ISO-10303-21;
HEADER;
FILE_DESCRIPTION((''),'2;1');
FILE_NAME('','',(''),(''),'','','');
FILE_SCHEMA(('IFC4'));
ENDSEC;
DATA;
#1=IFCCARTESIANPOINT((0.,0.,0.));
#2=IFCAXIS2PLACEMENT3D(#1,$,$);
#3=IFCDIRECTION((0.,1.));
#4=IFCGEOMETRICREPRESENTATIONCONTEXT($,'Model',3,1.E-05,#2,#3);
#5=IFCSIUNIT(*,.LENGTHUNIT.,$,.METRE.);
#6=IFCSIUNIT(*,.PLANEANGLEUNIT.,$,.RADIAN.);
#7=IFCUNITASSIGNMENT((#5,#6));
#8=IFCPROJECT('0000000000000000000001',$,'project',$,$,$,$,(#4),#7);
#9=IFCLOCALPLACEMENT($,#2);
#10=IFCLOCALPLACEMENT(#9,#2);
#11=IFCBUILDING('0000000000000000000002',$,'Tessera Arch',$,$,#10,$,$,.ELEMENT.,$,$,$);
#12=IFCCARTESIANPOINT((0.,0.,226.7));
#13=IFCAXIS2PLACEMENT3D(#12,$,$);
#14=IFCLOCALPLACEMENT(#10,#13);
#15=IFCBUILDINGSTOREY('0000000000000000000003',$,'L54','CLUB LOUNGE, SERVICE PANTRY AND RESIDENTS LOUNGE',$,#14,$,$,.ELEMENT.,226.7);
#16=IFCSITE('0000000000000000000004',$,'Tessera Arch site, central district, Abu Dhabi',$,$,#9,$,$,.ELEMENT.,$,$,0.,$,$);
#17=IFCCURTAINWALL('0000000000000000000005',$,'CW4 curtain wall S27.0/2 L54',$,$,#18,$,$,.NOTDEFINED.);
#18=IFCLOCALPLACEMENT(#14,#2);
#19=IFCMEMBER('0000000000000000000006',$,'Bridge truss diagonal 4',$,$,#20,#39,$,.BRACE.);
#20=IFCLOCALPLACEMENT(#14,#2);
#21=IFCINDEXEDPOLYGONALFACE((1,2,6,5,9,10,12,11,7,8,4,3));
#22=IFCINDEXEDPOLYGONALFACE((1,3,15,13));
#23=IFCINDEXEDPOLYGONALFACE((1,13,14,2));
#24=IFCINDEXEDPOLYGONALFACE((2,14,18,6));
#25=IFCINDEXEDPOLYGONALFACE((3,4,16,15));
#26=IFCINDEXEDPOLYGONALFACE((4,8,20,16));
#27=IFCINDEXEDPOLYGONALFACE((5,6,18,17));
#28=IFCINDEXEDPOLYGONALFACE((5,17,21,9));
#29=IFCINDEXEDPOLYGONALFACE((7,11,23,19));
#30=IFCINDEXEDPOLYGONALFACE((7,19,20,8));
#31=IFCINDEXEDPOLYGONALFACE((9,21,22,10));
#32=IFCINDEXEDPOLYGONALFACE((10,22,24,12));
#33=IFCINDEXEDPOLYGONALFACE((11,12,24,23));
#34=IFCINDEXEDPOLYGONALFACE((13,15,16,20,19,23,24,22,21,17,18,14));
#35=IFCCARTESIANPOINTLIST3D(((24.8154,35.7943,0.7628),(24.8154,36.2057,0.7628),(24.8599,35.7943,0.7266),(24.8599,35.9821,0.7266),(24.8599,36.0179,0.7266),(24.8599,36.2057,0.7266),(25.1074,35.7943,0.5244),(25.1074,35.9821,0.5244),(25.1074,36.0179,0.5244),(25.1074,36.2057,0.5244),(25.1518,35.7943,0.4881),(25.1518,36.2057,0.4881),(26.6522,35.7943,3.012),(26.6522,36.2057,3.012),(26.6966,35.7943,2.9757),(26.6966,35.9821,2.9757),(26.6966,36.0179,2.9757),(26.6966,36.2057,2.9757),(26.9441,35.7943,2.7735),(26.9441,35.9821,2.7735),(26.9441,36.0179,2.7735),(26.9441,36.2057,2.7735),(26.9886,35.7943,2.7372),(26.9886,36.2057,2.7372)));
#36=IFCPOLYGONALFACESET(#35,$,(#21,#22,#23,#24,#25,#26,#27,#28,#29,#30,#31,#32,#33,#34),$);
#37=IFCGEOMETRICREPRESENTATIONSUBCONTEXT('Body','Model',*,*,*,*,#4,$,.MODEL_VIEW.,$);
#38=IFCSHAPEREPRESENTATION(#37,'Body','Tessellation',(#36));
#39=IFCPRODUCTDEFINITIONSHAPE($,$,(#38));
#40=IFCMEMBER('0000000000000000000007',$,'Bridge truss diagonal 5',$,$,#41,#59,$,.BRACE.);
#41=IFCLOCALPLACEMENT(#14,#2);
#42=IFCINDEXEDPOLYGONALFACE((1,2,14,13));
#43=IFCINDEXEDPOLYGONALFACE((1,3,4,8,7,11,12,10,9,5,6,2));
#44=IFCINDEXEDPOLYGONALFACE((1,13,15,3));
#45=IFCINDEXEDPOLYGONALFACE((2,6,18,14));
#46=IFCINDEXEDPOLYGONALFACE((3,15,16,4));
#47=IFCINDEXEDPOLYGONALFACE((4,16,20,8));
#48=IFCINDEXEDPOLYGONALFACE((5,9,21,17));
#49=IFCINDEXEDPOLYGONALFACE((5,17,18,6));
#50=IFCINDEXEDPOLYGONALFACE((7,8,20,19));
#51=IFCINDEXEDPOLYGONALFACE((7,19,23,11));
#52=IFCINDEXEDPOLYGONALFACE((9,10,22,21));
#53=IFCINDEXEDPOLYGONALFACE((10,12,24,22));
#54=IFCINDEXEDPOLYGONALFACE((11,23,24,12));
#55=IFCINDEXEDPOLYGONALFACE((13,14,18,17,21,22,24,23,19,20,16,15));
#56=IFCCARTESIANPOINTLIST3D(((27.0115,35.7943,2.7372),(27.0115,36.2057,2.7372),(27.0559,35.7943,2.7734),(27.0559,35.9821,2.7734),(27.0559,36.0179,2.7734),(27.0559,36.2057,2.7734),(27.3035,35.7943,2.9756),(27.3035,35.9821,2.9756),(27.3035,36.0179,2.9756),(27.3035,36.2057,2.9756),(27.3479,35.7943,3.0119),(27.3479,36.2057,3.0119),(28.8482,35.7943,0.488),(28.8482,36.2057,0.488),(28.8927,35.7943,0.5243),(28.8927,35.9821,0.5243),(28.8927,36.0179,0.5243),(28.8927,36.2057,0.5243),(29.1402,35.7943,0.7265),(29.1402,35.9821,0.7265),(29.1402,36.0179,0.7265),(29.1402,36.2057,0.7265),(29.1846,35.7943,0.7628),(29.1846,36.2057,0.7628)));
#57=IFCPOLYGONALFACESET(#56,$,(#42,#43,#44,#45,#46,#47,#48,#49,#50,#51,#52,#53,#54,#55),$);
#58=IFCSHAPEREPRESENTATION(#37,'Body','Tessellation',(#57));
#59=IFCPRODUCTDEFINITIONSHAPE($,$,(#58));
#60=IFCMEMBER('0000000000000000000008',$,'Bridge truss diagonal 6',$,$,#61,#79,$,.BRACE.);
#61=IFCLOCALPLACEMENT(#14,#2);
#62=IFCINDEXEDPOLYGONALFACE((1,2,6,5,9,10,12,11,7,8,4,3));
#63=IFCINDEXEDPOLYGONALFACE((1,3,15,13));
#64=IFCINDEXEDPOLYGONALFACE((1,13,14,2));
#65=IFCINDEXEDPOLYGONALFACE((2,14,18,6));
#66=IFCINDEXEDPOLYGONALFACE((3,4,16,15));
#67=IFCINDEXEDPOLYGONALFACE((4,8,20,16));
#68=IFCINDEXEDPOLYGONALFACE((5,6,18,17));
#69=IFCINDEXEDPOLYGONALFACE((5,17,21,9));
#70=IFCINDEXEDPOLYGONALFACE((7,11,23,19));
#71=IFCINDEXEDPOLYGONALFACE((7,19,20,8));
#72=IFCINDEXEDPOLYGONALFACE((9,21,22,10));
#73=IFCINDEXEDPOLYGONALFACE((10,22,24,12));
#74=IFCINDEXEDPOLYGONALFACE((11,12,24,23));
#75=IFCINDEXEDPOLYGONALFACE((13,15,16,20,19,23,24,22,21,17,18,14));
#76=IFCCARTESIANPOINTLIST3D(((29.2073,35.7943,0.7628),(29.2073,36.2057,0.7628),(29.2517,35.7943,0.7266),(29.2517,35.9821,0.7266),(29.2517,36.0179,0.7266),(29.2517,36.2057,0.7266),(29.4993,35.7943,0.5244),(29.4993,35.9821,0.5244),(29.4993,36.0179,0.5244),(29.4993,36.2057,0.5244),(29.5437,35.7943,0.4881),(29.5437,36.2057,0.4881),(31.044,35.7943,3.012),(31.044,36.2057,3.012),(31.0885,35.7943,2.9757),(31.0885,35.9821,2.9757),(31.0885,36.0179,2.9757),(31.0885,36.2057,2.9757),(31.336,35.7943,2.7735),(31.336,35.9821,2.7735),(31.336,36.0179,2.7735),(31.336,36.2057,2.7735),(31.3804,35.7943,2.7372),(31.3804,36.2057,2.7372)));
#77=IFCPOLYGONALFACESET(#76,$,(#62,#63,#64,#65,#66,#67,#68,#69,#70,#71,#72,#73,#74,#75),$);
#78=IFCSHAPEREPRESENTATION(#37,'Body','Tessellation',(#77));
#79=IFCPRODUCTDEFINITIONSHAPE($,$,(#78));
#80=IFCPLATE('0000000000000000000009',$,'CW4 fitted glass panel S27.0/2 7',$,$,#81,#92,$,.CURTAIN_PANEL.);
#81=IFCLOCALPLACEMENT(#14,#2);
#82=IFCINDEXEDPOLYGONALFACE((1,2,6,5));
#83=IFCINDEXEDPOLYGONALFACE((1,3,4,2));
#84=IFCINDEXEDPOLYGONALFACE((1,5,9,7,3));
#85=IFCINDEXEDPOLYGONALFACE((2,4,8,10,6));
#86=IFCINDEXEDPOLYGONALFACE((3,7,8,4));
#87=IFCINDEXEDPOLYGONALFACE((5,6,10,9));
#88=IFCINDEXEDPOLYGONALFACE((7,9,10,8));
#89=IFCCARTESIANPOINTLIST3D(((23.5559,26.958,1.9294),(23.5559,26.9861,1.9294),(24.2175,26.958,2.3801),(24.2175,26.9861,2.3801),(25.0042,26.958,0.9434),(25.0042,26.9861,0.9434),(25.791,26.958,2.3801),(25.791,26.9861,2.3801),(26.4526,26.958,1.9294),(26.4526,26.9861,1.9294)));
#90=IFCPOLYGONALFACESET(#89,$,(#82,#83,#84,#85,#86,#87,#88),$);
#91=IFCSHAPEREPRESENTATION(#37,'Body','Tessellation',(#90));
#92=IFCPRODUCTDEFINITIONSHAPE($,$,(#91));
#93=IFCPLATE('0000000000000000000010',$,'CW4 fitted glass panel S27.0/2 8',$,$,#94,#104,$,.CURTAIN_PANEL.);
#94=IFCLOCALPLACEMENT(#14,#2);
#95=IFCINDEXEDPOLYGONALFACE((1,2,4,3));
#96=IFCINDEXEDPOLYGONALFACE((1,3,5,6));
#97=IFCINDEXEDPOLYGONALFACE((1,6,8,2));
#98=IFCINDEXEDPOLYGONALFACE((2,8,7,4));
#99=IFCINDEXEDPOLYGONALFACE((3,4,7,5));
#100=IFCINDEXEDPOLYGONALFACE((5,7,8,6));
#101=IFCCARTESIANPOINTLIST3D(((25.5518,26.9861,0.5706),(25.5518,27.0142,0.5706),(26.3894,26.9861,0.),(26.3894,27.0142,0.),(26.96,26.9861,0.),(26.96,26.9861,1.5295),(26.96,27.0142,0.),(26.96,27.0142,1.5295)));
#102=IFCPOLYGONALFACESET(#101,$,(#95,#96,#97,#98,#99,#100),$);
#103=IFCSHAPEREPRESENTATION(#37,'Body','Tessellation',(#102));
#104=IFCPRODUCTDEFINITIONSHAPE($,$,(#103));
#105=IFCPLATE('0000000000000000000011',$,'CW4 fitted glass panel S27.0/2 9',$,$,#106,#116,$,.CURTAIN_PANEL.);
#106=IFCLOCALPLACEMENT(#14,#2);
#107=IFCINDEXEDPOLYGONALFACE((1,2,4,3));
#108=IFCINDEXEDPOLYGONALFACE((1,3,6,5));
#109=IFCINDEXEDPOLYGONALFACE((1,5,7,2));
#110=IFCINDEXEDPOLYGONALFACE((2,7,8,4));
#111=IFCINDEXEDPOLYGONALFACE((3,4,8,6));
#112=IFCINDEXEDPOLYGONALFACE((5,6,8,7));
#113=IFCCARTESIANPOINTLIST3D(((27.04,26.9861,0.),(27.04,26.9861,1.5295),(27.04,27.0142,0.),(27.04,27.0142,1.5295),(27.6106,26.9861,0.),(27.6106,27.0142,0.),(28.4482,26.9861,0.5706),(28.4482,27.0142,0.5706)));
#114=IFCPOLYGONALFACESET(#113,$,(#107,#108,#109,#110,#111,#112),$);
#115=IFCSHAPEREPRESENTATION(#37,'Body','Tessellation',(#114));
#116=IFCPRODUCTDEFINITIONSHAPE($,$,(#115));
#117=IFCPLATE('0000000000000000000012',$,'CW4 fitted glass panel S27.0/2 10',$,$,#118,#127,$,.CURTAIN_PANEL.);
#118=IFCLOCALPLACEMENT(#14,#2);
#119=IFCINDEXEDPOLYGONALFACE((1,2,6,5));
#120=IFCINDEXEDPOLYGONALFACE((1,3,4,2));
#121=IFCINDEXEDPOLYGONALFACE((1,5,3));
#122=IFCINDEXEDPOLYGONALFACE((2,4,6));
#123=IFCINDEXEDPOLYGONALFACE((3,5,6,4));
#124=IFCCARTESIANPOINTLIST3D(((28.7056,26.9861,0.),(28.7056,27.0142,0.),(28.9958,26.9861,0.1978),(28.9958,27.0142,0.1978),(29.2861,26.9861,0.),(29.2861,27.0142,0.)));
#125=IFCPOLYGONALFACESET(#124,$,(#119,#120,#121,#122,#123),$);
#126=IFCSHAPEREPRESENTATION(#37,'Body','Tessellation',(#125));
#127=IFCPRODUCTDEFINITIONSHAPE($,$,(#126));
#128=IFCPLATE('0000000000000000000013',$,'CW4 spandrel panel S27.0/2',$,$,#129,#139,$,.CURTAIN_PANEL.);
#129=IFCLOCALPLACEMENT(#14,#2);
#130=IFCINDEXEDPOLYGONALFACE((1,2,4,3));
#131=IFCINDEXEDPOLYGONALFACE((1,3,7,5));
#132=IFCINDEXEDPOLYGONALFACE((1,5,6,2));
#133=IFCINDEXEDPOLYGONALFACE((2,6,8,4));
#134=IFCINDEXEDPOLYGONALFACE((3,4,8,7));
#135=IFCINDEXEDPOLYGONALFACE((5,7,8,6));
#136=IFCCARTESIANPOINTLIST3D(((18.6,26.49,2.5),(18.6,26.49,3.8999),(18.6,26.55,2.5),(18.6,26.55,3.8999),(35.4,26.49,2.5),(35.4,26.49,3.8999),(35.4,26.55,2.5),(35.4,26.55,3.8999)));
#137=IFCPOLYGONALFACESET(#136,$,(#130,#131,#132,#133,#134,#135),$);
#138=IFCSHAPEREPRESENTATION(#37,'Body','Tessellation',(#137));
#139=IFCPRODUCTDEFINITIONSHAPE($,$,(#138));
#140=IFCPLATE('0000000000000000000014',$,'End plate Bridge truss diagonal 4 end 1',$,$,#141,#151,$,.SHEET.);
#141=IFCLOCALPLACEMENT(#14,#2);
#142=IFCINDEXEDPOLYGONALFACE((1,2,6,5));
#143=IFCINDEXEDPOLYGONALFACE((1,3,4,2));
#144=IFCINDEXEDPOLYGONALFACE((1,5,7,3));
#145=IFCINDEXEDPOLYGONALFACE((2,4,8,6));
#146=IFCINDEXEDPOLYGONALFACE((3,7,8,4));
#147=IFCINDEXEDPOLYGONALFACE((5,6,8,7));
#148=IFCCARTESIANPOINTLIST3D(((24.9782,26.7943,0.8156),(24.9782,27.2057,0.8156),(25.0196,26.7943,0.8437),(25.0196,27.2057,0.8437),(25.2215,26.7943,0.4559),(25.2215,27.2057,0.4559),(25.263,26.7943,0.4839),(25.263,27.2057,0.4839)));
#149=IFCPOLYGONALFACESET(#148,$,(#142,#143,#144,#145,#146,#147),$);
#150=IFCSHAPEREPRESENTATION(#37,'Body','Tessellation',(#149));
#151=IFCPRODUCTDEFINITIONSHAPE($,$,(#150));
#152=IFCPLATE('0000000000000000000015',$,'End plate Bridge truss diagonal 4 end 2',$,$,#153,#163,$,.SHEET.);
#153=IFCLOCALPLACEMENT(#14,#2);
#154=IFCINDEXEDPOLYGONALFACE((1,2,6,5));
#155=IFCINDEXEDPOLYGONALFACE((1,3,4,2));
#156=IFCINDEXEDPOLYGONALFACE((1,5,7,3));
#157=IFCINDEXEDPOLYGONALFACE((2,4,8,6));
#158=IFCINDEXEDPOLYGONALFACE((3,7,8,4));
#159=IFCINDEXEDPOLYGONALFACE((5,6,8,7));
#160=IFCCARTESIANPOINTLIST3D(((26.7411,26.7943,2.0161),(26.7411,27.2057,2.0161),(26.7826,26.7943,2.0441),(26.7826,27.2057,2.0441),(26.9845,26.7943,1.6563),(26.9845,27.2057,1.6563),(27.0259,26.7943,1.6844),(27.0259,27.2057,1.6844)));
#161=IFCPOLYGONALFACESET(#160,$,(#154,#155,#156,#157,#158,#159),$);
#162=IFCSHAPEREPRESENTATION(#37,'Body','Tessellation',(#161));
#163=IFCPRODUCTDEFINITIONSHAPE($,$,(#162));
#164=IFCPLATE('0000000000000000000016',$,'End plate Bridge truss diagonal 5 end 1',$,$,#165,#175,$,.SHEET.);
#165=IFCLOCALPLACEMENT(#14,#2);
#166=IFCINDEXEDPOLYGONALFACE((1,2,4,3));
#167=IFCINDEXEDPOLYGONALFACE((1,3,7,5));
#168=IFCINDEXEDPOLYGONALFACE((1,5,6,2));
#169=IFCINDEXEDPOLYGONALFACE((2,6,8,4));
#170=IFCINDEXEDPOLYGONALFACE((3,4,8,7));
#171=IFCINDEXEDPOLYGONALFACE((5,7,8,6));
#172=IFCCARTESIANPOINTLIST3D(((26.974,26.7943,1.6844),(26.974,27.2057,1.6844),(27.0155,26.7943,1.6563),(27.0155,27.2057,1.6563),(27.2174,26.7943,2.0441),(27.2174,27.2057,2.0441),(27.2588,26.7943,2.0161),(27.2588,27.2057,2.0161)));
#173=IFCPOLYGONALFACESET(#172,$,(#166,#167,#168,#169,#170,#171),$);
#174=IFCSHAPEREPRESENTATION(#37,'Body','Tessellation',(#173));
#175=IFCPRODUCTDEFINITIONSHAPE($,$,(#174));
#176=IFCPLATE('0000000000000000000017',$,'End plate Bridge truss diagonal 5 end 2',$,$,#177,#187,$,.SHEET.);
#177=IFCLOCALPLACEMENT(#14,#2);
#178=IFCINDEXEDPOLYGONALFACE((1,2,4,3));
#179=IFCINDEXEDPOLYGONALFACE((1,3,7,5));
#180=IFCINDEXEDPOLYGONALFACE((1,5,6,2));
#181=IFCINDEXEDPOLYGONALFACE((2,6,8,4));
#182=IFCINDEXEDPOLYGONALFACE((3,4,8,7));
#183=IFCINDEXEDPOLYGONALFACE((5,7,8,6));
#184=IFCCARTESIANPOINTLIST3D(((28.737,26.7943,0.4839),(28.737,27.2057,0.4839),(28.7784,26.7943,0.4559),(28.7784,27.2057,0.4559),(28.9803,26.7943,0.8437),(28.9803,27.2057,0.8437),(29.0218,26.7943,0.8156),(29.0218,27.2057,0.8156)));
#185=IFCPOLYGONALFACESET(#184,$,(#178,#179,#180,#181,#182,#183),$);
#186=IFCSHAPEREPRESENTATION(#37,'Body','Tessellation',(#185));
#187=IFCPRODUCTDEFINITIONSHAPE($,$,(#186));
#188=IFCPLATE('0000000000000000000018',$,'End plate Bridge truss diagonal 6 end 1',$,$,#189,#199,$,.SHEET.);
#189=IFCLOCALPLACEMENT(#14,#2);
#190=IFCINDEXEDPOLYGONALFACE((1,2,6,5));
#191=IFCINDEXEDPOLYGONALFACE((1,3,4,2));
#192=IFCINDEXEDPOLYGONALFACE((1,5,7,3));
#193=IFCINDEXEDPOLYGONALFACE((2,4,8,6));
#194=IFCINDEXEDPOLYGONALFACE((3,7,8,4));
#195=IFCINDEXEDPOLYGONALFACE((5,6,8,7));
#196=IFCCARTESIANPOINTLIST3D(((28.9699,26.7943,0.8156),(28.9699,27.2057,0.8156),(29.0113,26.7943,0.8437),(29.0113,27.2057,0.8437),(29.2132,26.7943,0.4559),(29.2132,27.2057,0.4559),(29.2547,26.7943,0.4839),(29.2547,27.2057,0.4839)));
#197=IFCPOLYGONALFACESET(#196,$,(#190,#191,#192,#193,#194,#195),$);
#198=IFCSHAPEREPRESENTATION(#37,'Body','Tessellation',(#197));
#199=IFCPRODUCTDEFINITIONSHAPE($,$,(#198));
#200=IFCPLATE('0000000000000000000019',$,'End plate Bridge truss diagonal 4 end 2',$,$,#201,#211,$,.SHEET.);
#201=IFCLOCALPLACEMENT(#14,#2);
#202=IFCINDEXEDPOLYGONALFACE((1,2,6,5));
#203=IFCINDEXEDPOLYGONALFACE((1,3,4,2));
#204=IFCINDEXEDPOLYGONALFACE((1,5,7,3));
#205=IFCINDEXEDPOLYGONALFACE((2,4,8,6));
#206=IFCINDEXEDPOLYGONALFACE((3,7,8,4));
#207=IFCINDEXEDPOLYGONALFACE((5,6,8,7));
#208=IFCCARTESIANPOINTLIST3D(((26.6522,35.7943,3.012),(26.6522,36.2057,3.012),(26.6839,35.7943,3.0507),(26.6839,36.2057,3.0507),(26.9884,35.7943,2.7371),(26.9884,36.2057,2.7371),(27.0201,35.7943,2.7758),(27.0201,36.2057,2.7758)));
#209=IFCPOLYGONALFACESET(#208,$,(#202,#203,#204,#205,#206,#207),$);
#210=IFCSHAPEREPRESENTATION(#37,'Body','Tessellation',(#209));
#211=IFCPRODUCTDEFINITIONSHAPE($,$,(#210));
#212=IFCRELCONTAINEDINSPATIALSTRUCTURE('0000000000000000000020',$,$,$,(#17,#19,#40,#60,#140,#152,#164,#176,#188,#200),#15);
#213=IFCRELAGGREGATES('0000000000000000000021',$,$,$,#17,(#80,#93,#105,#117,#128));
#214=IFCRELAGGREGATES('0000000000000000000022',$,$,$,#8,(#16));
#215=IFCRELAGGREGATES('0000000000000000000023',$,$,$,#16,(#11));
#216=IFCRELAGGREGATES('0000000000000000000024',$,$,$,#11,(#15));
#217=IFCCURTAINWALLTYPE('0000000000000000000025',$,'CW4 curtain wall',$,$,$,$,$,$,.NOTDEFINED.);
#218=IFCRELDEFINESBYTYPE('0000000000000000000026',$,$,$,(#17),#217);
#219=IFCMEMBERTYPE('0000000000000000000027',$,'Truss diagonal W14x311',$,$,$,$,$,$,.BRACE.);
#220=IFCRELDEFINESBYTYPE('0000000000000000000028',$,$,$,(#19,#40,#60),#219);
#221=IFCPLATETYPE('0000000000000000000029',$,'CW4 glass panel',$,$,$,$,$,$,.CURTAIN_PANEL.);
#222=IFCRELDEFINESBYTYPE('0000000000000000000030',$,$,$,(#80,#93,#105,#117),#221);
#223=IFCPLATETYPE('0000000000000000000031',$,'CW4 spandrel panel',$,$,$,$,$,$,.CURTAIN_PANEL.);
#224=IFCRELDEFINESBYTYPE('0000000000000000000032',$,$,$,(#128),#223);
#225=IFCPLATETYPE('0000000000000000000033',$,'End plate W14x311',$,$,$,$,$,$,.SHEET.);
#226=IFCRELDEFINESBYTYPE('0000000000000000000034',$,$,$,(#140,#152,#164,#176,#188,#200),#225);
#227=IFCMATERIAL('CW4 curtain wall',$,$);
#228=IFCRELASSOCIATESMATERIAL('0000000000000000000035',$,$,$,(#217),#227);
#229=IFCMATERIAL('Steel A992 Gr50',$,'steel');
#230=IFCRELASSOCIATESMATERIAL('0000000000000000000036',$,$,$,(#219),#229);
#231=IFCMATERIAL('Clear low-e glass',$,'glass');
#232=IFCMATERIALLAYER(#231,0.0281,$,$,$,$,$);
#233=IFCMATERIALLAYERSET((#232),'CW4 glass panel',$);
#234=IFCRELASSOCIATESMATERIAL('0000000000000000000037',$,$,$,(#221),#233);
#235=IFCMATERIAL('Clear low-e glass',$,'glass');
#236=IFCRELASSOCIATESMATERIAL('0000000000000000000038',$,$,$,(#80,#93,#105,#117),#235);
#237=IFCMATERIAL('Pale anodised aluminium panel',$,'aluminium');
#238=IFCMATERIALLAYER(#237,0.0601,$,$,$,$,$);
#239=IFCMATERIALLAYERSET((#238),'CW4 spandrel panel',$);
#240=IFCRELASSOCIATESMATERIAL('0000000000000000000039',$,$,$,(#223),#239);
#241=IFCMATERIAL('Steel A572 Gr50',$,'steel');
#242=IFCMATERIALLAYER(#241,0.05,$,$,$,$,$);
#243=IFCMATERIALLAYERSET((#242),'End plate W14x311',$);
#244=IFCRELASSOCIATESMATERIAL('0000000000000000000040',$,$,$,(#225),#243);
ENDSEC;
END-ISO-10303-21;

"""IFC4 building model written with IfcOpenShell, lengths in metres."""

from ifc_helpers import new_model, si_unit, direction, frame, origin, origin_2d, place, context, subcontext, project, spatial, polyline, rectangle, i_section, outline, extrude, material, layer, layer_set, material_profile, profile_set, type_object, element, aggregate, save


model = new_model("IFC4")

# Units and contexts
model_context = context("Model", 3, precision=1e-05, world=origin(), true_north=direction((0.0, 1.0)))
body_context = subcontext(model_context, "Body", "Model", "MODEL_VIEW")
ifc_project = project(units=[si_unit("LENGTHUNIT", "METRE"), si_unit("PLANEANGLEUNIT", "RADIAN")], contexts=[model_context])

# Site, building, storey
site_placement = place(None, origin())
site = spatial("IfcSite", under=ifc_project, at=site_placement, Name="Tessera Arch site, central district, Abu Dhabi", CompositionType="ELEMENT", RefElevation=0.0)
building_placement = place(site_placement, origin())
building = spatial("IfcBuilding", under=site, at=building_placement, Name="Tessera Arch", CompositionType="ELEMENT")
storey_placement = place(building_placement, frame((0.0, 0.0, 226.7)))
storey = spatial("IfcBuildingStorey", under=building, at=storey_placement, Name="L54", Description="CLUB LOUNGE, SERVICE PANTRY AND RESIDENTS LOUNGE", CompositionType="ELEMENT", Elevation=226.7)

# Curtain wall
ifc_material_1 = material(Name="CW4 curtain wall")
curtain_wall_type = type_object("IfcCurtainWallType", Name="CW4 curtain wall", PredefinedType="NOTDEFINED", material=ifc_material_1)
curtain_wall_placement = place(storey_placement, origin())
curtain_wall = element("IfcCurtainWall", 1, at=curtain_wall_placement, inside=storey, type_object=curtain_wall_type, Name="CW4 curtain wall S27.0/2 L54", PredefinedType="NOTDEFINED")

# Members
ifc_material_2 = material(Name="Steel A992 Gr50", Category="steel")
ifc_material_profile_1 = material_profile(ifc_material_2, i_section(OverallWidth=0.4114, OverallDepth=0.4343, WebThickness=0.0359, FlangeThickness=0.0574, at=origin_2d()), Name="W14x311")
ifc_profile_set_1 = profile_set([ifc_material_profile_1], Name="Steel A992 Gr50")
member_type_1 = type_object("IfcMemberType", Name="Truss diagonal W14x311", PredefinedType="BRACE", material=ifc_profile_set_1)
for number, where, z_axis, x_axis, name in (
    (2, (24.9836, 36.0, 0.6255), (0.632528, 0.0, 0.774538), (0.0, 1.0, 0.0), "Bridge truss diagonal 4"),
    (3, (27.1797, 36.0, 2.8745), (0.632528, 0.0, -0.774538), (0.0, 1.0, 0.0), "Bridge truss diagonal 5"),
    (4, (29.3755, 36.0, 0.6255), (0.632528, 0.0, 0.774538), (0.0, 1.0, 0.0), "Bridge truss diagonal 6"),
):
    element("IfcMember", number, at=place(storey_placement, frame(where, z_axis=z_axis, x_axis=x_axis)), inside=storey, type_object=member_type_1, Name=name, PredefinedType="BRACE", context=body_context, shape_type="SweptSolid", body=[
        extrude(i_section(OverallWidth=0.4114, OverallDepth=0.4343, WebThickness=0.0359, FlangeThickness=0.0574, at=origin_2d()), origin(), (0.0, 0.0, 1.0), 2.9038),
    ])

# Plates
ifc_material_3 = material(Name="Clear low-e glass", Category="glass")
ifc_material_4 = material(Name="Clear low-e glass", Category="glass")
ifc_layer_1 = layer(ifc_material_4, 0.0281)
ifc_layer_set_1 = layer_set([ifc_layer_1], Name="CW4 glass panel")
plate_type_1 = type_object("IfcPlateType", Name="CW4 glass panel", PredefinedType="CURTAIN_PANEL", material=ifc_layer_set_1)
plate_1_placement = place(storey_placement, frame((25.791, 26.958, 2.3801), z_axis=(0.0, -1.0, 0.0), x_axis=(-1.0, 0.0, 0.0)))
plate_1 = element("IfcPlate", 5, at=plate_1_placement, type_object=plate_type_1, material=ifc_material_3, Name="CW4 fitted glass panel S27.0/2 7", PredefinedType="CURTAIN_PANEL", context=body_context, shape_type="SweptSolid", body=[
    extrude(outline(polyline([(0.0, 0.0), (1.5735, 0.0), (2.2351, 0.4507), (0.7869, 1.4368), (-0.6616, 0.4507), (0.0, 0.0)])), origin(), (0.0, 0.0, -1.0), 0.0281),
])
plate_2_placement = place(storey_placement, frame((26.96, 26.9861, 0.0), z_axis=(0.0, -1.0, 0.0), x_axis=(0.0, 0.0, 1.0)))
plate_2 = element("IfcPlate", 6, at=plate_2_placement, type_object=plate_type_1, material=ifc_material_3, Name="CW4 fitted glass panel S27.0/2 8", PredefinedType="CURTAIN_PANEL", context=body_context, shape_type="SweptSolid", body=[
    extrude(outline(polyline([(0.0, 0.0), (1.5295, 0.0), (0.5706, 1.4082), (0.0, 0.5706), (0.0, 0.0)])), origin(), (0.0, 0.0, -1.0), 0.0281),
])
plate_3_placement = place(storey_placement, frame((27.04, 26.9861, 0.0), z_axis=(0.0, -1.0, 0.0), x_axis=(1.0, 0.0, 0.0)))
plate_3 = element("IfcPlate", 7, at=plate_3_placement, type_object=plate_type_1, material=ifc_material_3, Name="CW4 fitted glass panel S27.0/2 9", PredefinedType="CURTAIN_PANEL", context=body_context, shape_type="SweptSolid", body=[
    extrude(outline(polyline([(0.0, 0.0), (0.5706, 0.0), (1.4082, 0.5706), (0.0, 1.5295), (0.0, 0.0)])), origin(), (0.0, 0.0, -1.0), 0.0281),
])
plate_4_placement = place(storey_placement, frame((28.7056, 26.9861, 0.0), z_axis=(0.0, -1.0, 0.0), x_axis=(1.0, 0.0, 0.0)))
plate_4 = element("IfcPlate", 8, at=plate_4_placement, type_object=plate_type_1, material=ifc_material_3, Name="CW4 fitted glass panel S27.0/2 10", PredefinedType="CURTAIN_PANEL", context=body_context, shape_type="SweptSolid", body=[
    extrude(outline(polyline([(0.0, 0.0), (0.5806, 0.0), (0.2903, 0.1978), (0.0, 0.0)])), origin(), (0.0, 0.0, -1.0), 0.0281),
])
ifc_material_5 = material(Name="Pale anodised aluminium panel", Category="aluminium")
ifc_layer_2 = layer(ifc_material_5, 0.0601)
ifc_layer_set_2 = layer_set([ifc_layer_2], Name="CW4 spandrel panel")
plate_type_2 = type_object("IfcPlateType", Name="CW4 spandrel panel", PredefinedType="CURTAIN_PANEL", material=ifc_layer_set_2)
plate_5_placement = place(storey_placement, frame((27.0, 26.52, 2.5), z_axis=(0.0, 0.0, 1.0), x_axis=(1.0, 0.0, 0.0)))
plate_5 = element("IfcPlate", 9, at=plate_5_placement, type_object=plate_type_2, Name="CW4 spandrel panel S27.0/2", PredefinedType="CURTAIN_PANEL", context=body_context, shape_type="SweptSolid", body=[
    extrude(rectangle(XDim=16.8, YDim=0.0601, at=origin_2d()), origin(), (0.0, 0.0, 1.0), 1.3999),
])
aggregate(curtain_wall, [plate_1, plate_2, plate_3, plate_4, plate_5])

# Plates
ifc_material_6 = material(Name="Steel A572 Gr50", Category="steel")
ifc_layer_3 = layer(ifc_material_6, 0.05)
ifc_layer_set_3 = layer_set([ifc_layer_3], Name="End plate W14x311")
plate_type_3 = type_object("IfcPlateType", Name="End plate W14x311", PredefinedType="SHEET", material=ifc_layer_set_3)
for number, where, z_axis, x_axis, name in (
    (10, (25.0999, 27.0, 0.6357), (0.828283, 0.0, 0.560309), (0.0, 1.0, 0.0), "End plate Bridge truss diagonal 4 end 1"),
    (11, (26.8628, 27.0, 1.8362), (0.828283, 0.0, 0.560309), (0.0, 1.0, 0.0), "End plate Bridge truss diagonal 4 end 2"),
    (12, (27.0957, 27.0, 1.8643), (0.828283, 0.0, -0.560309), (0.0, 1.0, 0.0), "End plate Bridge truss diagonal 5 end 1"),
    (13, (28.8586, 27.0, 0.6638), (0.828283, 0.0, -0.560309), (0.0, 1.0, 0.0), "End plate Bridge truss diagonal 5 end 2"),
    (14, (29.0916, 27.0, 0.6357), (0.828283, 0.0, 0.560309), (0.0, 1.0, 0.0), "End plate Bridge truss diagonal 6 end 1"),
    (15, (26.8203, 36.0, 2.8745), (0.632973, 0.0, 0.774174), (0.0, 1.0, 0.0), "End plate Bridge truss diagonal 4 end 2"),
):
    element("IfcPlate", number, at=place(storey_placement, frame(where, z_axis=z_axis, x_axis=x_axis)), inside=storey, type_object=plate_type_3, Name=name, PredefinedType="SHEET", context=body_context, shape_type="SweptSolid", body=[
        extrude(rectangle(XDim=0.4114, YDim=0.4343, at=origin_2d()), origin(), (0.0, 0.0, 1.0), 0.05),
    ])

save(model, "model.ifc")
